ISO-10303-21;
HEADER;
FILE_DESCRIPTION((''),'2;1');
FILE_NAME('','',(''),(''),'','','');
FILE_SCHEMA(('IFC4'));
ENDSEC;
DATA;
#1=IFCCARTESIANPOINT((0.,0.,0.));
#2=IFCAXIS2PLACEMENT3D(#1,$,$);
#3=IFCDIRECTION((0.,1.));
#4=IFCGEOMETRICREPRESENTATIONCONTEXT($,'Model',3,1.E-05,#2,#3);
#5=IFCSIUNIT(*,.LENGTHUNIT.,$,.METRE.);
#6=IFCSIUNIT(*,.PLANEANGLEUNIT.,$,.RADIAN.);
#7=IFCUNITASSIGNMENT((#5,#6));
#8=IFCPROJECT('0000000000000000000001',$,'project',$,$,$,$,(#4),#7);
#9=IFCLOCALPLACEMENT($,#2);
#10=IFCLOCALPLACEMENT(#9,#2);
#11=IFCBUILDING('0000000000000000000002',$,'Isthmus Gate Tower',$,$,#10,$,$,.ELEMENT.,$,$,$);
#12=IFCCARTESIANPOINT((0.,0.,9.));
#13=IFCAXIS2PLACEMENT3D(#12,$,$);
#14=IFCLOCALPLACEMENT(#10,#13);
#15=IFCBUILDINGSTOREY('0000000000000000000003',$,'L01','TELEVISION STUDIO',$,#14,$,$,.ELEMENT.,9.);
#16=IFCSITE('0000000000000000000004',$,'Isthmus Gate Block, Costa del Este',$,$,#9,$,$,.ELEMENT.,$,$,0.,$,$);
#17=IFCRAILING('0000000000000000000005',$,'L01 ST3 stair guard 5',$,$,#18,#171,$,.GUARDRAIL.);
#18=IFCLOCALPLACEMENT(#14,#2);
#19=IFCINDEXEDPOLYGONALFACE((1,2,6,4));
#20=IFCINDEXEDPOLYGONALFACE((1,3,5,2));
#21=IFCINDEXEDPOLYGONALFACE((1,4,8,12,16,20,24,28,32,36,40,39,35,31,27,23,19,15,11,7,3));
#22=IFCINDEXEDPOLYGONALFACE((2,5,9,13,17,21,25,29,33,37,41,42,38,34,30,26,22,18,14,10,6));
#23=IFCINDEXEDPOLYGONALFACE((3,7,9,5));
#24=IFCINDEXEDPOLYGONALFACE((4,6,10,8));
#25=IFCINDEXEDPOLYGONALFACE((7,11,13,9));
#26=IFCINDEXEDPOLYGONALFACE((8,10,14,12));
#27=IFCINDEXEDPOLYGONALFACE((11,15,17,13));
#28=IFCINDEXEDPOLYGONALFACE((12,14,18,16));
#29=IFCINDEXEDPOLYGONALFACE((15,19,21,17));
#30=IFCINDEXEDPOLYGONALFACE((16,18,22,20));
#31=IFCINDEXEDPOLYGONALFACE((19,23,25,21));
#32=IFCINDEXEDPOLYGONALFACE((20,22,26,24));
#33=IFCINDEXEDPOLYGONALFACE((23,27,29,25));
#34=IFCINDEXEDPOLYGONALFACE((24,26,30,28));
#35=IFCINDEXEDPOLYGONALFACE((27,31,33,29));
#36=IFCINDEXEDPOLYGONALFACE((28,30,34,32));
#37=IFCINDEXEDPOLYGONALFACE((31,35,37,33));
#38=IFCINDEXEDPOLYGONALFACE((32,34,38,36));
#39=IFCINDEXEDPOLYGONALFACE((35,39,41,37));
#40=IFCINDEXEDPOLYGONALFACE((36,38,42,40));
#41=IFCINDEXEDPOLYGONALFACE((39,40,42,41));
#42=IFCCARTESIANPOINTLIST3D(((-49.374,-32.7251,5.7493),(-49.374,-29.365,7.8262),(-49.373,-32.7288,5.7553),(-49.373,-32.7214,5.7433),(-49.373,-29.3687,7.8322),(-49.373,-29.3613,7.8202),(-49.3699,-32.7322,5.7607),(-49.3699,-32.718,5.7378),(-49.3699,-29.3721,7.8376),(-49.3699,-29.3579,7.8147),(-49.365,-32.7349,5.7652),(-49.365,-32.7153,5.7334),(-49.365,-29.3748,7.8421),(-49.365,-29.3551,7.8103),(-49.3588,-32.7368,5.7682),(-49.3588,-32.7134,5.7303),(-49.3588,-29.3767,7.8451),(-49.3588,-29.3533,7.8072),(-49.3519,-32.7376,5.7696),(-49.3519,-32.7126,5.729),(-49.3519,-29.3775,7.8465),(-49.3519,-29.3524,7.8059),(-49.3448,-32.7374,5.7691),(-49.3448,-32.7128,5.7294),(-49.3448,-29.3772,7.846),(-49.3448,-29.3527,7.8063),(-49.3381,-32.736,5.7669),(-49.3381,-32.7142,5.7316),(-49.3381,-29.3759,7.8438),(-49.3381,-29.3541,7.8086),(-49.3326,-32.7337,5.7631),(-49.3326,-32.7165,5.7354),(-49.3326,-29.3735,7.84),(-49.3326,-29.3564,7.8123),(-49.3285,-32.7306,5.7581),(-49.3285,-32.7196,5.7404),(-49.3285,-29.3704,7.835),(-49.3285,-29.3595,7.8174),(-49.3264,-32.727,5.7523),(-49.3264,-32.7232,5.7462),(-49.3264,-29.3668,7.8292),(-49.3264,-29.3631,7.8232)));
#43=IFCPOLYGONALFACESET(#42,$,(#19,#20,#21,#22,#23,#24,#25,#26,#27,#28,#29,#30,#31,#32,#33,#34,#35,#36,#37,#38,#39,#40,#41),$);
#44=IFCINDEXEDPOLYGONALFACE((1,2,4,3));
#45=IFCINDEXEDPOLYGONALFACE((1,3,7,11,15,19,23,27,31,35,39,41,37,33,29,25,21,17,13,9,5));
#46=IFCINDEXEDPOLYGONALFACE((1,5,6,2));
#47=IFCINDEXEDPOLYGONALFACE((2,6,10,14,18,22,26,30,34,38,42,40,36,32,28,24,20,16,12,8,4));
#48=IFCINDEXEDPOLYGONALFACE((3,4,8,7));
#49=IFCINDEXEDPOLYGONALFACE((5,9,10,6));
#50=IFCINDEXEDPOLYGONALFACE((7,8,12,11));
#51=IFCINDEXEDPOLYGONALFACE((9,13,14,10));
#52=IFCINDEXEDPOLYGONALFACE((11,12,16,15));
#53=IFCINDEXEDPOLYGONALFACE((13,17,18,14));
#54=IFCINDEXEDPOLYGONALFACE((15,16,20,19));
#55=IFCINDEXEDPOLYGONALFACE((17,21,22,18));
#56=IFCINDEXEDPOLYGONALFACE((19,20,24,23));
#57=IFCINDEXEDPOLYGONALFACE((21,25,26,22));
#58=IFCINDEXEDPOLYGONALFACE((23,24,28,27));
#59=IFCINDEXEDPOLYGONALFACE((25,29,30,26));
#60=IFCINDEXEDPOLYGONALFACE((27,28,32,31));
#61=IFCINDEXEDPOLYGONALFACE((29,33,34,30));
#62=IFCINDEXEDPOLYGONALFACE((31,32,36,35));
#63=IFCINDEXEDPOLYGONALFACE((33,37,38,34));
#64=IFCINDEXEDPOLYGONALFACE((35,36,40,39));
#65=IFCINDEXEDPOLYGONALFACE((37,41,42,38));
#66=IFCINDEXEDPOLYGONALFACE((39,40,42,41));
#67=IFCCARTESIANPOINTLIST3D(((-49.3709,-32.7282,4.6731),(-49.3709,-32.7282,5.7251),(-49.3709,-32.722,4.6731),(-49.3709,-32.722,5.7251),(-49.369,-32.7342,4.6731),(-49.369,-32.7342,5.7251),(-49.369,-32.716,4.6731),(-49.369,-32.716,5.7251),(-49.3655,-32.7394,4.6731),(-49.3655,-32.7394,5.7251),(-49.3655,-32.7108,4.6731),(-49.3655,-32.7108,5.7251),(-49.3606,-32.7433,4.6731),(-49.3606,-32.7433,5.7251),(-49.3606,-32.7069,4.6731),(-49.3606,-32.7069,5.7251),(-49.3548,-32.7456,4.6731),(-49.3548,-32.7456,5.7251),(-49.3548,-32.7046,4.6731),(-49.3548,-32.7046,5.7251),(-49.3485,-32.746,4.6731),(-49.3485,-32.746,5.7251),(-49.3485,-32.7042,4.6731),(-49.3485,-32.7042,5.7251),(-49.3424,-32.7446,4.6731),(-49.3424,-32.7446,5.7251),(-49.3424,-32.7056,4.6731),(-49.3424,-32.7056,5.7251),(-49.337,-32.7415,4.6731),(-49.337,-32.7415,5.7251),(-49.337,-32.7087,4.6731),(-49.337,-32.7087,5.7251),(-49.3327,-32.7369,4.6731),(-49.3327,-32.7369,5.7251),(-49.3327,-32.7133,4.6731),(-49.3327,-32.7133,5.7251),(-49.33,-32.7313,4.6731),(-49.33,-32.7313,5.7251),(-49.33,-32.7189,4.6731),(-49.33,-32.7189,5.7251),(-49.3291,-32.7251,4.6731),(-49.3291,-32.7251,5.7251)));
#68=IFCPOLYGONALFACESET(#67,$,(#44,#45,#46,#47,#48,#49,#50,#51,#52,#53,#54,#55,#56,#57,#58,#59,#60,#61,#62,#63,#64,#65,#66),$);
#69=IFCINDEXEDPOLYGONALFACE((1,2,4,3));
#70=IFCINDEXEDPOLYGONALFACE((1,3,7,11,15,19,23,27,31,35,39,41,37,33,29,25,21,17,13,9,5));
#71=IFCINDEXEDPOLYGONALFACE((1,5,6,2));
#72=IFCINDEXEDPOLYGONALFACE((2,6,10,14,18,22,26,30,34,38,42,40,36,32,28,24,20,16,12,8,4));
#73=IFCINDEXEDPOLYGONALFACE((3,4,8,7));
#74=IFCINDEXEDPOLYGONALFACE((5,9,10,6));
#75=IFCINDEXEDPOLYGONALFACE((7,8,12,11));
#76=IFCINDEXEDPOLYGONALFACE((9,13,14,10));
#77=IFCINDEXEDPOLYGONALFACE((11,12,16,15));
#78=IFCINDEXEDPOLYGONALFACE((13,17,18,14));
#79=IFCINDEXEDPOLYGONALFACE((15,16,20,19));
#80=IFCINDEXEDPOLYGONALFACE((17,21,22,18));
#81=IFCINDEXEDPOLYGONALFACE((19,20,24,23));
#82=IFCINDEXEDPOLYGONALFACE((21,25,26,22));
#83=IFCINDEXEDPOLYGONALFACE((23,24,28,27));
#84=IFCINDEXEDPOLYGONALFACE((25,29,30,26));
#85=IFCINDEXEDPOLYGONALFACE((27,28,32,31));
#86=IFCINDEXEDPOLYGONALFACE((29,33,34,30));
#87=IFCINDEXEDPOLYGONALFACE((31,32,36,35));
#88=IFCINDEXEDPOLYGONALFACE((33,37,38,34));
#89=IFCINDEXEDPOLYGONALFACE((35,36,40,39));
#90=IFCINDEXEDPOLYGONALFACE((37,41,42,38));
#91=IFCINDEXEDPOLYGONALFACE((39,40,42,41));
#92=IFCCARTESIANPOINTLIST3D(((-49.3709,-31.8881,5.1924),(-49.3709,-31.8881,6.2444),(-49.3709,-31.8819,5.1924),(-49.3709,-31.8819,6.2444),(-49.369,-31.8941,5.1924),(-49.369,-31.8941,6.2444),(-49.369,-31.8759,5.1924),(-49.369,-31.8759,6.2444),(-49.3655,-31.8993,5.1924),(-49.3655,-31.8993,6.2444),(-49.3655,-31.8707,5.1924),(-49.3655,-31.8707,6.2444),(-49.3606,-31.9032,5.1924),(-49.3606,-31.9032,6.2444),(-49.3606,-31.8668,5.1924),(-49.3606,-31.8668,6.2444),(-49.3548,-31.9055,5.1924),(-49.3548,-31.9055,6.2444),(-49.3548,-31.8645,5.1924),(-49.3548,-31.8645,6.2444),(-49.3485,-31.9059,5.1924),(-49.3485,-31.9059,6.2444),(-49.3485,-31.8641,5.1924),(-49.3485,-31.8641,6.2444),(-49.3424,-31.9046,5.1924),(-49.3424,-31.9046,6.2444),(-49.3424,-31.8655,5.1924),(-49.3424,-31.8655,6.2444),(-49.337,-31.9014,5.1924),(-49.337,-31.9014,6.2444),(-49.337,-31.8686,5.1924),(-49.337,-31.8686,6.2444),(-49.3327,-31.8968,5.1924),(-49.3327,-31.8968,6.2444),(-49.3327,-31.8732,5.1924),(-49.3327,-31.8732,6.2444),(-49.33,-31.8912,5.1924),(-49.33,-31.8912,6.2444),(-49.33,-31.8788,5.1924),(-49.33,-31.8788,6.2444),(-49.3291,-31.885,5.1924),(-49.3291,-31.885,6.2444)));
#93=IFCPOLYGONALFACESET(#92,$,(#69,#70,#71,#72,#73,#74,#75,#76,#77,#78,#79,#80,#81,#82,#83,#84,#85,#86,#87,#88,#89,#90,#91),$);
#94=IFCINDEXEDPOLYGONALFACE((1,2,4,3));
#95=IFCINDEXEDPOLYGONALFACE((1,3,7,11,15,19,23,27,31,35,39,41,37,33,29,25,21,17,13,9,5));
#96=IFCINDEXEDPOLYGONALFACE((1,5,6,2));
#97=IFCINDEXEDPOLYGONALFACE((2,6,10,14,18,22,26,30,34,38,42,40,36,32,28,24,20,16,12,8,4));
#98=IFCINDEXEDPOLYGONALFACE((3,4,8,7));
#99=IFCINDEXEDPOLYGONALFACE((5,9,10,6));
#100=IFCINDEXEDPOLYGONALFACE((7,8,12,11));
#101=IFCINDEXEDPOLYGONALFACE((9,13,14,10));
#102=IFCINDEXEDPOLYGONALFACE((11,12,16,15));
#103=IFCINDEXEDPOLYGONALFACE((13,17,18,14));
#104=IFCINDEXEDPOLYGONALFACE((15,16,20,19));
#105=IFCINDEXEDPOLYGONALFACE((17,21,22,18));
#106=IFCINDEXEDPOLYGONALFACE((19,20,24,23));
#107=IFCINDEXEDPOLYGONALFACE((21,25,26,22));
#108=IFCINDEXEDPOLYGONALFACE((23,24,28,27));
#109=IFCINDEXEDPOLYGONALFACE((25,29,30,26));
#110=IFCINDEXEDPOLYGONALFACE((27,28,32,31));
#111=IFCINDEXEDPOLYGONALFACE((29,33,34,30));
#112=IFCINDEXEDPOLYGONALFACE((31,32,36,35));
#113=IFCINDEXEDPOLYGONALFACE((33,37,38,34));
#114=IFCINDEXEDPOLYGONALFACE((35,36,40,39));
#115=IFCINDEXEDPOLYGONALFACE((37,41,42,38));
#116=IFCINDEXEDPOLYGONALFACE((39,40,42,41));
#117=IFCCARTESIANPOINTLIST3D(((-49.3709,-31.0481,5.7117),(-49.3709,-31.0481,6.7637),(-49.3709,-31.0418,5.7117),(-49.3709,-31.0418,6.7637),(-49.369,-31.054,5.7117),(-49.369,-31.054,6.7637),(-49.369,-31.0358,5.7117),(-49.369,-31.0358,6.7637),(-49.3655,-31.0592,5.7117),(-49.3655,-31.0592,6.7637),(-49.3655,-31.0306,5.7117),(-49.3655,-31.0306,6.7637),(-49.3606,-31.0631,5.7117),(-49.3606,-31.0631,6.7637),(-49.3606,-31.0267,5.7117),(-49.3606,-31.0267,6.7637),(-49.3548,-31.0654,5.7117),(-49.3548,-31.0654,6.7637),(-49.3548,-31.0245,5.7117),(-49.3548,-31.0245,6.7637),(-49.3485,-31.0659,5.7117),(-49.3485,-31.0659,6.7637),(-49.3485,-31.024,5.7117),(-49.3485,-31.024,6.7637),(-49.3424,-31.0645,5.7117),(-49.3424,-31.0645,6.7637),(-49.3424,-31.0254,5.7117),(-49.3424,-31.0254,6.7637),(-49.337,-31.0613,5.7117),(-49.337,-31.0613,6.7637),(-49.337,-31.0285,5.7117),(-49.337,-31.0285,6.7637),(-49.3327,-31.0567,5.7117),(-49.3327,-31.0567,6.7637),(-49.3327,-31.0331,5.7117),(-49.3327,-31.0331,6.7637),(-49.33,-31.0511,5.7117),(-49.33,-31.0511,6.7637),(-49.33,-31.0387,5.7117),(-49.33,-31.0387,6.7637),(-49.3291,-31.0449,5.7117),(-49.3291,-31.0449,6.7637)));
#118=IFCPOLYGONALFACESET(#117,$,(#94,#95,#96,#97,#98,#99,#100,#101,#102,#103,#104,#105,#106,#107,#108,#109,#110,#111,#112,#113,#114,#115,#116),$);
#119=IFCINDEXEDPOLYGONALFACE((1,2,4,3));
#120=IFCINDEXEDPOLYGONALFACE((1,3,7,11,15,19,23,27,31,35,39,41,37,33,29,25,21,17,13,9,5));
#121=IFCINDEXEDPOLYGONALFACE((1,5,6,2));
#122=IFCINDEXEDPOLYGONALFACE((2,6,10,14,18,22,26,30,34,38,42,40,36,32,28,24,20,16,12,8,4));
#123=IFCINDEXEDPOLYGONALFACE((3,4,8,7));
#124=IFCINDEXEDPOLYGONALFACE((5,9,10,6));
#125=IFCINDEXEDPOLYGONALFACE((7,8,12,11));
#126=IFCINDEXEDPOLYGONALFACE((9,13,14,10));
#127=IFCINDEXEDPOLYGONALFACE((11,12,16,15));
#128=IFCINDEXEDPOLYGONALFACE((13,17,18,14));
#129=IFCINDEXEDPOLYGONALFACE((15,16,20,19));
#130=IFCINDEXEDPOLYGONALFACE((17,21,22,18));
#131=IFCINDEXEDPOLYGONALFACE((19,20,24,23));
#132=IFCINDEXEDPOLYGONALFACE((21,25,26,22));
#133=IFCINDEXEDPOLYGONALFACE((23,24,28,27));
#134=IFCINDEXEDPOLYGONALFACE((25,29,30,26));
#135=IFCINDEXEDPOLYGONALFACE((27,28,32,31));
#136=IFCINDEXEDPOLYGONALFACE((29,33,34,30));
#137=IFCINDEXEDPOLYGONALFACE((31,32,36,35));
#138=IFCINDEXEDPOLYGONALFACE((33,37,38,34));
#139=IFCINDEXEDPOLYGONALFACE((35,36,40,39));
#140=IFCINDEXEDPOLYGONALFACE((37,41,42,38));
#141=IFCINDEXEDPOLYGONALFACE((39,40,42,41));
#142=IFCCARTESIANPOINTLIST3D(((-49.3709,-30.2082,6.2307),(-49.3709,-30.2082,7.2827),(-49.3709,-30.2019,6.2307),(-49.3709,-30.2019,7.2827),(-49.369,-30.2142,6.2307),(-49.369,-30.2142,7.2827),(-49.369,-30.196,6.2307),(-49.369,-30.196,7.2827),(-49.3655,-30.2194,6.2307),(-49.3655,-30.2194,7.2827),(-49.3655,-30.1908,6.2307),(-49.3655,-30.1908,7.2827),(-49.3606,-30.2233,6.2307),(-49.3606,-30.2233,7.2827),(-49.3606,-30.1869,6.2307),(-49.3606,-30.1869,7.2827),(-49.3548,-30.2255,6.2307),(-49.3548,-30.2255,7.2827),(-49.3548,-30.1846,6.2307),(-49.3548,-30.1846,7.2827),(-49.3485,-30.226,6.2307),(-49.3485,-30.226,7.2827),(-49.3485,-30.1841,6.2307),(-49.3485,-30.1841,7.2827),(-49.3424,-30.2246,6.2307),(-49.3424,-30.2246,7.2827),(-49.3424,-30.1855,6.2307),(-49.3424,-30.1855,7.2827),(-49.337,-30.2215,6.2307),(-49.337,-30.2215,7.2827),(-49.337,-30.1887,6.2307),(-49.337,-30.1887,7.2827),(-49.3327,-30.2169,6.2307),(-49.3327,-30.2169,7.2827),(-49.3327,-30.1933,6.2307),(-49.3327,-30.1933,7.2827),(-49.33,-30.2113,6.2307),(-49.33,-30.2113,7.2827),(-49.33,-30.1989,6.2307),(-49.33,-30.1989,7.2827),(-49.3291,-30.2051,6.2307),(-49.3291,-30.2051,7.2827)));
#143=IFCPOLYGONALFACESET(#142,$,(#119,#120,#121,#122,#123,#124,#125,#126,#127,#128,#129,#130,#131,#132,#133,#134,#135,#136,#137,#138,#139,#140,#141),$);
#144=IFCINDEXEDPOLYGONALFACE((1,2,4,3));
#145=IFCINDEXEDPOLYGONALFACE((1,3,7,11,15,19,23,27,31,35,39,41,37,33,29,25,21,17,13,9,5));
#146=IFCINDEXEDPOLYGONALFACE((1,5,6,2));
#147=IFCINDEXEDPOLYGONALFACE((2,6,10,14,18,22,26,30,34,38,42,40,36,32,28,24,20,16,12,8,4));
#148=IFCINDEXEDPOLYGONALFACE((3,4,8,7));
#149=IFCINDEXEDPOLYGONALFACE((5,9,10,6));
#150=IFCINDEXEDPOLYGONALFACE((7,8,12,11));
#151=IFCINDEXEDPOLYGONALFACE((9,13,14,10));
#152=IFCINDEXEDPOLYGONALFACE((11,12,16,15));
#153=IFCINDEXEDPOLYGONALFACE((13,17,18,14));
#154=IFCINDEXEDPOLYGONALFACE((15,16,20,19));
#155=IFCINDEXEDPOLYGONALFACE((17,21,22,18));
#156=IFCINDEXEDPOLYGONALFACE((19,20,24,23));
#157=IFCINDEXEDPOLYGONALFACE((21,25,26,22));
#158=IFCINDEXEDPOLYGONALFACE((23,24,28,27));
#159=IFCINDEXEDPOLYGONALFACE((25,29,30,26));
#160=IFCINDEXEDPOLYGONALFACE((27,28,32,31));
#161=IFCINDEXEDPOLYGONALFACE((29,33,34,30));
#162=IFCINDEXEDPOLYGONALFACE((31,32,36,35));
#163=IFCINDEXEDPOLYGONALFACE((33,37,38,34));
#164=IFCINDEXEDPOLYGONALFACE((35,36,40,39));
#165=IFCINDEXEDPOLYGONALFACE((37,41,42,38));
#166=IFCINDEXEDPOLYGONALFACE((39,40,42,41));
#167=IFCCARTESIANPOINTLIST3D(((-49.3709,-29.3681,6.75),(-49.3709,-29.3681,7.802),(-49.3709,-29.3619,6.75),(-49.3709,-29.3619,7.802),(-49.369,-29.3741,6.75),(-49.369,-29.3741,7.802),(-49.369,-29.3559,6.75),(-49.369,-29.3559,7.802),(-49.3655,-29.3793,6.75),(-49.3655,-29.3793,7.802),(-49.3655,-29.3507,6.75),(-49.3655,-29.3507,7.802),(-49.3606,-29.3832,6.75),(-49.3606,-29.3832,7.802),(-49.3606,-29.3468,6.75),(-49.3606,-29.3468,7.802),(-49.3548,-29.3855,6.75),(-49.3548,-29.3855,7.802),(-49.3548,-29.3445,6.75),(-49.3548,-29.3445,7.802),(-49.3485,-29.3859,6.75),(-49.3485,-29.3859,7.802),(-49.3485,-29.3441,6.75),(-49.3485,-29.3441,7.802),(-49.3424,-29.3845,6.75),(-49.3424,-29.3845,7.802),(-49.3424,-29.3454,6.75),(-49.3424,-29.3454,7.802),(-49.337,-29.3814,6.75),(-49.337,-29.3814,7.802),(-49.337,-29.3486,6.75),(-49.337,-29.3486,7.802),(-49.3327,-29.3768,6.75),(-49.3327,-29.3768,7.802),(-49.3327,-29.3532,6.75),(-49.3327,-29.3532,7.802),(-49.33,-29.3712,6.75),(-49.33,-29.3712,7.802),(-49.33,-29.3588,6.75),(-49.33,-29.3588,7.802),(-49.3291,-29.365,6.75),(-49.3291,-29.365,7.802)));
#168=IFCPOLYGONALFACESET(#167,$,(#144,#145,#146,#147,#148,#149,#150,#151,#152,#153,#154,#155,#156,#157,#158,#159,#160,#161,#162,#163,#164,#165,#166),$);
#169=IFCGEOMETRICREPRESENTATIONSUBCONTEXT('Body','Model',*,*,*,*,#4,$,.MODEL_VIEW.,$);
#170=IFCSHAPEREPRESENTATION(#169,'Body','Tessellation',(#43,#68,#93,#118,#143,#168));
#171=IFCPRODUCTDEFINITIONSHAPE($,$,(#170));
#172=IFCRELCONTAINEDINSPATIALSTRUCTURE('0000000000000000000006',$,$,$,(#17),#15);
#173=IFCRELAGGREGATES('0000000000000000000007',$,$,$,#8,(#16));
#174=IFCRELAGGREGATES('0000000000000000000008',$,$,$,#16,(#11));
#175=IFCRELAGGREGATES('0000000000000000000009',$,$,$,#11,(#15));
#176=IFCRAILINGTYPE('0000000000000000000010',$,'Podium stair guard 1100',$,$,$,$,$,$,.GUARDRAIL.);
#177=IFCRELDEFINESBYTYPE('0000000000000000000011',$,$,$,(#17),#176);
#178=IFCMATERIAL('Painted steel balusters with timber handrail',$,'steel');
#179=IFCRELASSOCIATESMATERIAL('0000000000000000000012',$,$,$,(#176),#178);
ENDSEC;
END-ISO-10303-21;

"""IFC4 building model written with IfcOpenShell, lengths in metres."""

from ifc_helpers import new_model, si_unit, direction, frame, origin, origin_2d, place, context, subcontext, project, spatial, circle, extrude, material, type_object, element, save


model = new_model("IFC4")

# Units and contexts
model_context = context("Model", 3, precision=1e-05, world=origin(), true_north=direction((0.0, 1.0)))
body_context = subcontext(model_context, "Body", "Model", "MODEL_VIEW")
ifc_project = project(units=[si_unit("LENGTHUNIT", "METRE"), si_unit("PLANEANGLEUNIT", "RADIAN")], contexts=[model_context])

# Site, building, storey
site_placement = place(None, origin())
site = spatial("IfcSite", under=ifc_project, at=site_placement, Name="Isthmus Gate Block, Costa del Este", CompositionType="ELEMENT", RefElevation=0.0)
building_placement = place(site_placement, origin())
building = spatial("IfcBuilding", under=site, at=building_placement, Name="Isthmus Gate Tower", CompositionType="ELEMENT")
storey_placement = place(building_placement, frame((0.0, 0.0, 9.0)))
storey = spatial("IfcBuildingStorey", under=building, at=storey_placement, Name="L01", Description="TELEVISION STUDIO", CompositionType="ELEMENT", Elevation=9.0)

# Railing
ifc_material_1 = material(Name="Painted steel balusters with timber handrail", Category="steel")
railing_type_1 = type_object("IfcRailingType", Name="Podium stair guard 1100", PredefinedType="GUARDRAIL", material=ifc_material_1)
railing_1_placement = place(storey_placement, frame((-49.3501, -32.7251, 4.6731)))
element("IfcRailing", 1, at=railing_1_placement, inside=storey, type_object=railing_type_1, Name="L01 ST3 stair guard 5", PredefinedType="GUARDRAIL", context=body_context, shape_type="SweptSolid", body=[
    extrude(circle(Radius=0.0239, at=origin_2d()), frame((0.0, 0.0, 1.0762), z_axis=(0.0, 0.850623, 0.525776), x_axis=(-1.0, 0.0, 0.0)), (0.0, 0.0, 1.0), 3.9502),
    extrude(circle(Radius=0.021, at=origin_2d()), origin(), (0.0, 0.0, 1.0), 1.052),
    extrude(circle(Radius=0.021, at=origin_2d()), frame((0.0, 0.8401, 0.5193)), (0.0, 0.0, 1.0), 1.052),
    extrude(circle(Radius=0.021, at=origin_2d()), frame((0.0, 1.6802, 1.0386)), (0.0, 0.0, 1.0), 1.052),
    extrude(circle(Radius=0.021, at=origin_2d()), frame((0.0, 2.52, 1.5576)), (0.0, 0.0, 1.0), 1.052),
    extrude(circle(Radius=0.021, at=origin_2d()), frame((0.0, 3.3601, 2.0769)), (0.0, 0.0, 1.0), 1.052),
])

save(model, "model.ifc")
